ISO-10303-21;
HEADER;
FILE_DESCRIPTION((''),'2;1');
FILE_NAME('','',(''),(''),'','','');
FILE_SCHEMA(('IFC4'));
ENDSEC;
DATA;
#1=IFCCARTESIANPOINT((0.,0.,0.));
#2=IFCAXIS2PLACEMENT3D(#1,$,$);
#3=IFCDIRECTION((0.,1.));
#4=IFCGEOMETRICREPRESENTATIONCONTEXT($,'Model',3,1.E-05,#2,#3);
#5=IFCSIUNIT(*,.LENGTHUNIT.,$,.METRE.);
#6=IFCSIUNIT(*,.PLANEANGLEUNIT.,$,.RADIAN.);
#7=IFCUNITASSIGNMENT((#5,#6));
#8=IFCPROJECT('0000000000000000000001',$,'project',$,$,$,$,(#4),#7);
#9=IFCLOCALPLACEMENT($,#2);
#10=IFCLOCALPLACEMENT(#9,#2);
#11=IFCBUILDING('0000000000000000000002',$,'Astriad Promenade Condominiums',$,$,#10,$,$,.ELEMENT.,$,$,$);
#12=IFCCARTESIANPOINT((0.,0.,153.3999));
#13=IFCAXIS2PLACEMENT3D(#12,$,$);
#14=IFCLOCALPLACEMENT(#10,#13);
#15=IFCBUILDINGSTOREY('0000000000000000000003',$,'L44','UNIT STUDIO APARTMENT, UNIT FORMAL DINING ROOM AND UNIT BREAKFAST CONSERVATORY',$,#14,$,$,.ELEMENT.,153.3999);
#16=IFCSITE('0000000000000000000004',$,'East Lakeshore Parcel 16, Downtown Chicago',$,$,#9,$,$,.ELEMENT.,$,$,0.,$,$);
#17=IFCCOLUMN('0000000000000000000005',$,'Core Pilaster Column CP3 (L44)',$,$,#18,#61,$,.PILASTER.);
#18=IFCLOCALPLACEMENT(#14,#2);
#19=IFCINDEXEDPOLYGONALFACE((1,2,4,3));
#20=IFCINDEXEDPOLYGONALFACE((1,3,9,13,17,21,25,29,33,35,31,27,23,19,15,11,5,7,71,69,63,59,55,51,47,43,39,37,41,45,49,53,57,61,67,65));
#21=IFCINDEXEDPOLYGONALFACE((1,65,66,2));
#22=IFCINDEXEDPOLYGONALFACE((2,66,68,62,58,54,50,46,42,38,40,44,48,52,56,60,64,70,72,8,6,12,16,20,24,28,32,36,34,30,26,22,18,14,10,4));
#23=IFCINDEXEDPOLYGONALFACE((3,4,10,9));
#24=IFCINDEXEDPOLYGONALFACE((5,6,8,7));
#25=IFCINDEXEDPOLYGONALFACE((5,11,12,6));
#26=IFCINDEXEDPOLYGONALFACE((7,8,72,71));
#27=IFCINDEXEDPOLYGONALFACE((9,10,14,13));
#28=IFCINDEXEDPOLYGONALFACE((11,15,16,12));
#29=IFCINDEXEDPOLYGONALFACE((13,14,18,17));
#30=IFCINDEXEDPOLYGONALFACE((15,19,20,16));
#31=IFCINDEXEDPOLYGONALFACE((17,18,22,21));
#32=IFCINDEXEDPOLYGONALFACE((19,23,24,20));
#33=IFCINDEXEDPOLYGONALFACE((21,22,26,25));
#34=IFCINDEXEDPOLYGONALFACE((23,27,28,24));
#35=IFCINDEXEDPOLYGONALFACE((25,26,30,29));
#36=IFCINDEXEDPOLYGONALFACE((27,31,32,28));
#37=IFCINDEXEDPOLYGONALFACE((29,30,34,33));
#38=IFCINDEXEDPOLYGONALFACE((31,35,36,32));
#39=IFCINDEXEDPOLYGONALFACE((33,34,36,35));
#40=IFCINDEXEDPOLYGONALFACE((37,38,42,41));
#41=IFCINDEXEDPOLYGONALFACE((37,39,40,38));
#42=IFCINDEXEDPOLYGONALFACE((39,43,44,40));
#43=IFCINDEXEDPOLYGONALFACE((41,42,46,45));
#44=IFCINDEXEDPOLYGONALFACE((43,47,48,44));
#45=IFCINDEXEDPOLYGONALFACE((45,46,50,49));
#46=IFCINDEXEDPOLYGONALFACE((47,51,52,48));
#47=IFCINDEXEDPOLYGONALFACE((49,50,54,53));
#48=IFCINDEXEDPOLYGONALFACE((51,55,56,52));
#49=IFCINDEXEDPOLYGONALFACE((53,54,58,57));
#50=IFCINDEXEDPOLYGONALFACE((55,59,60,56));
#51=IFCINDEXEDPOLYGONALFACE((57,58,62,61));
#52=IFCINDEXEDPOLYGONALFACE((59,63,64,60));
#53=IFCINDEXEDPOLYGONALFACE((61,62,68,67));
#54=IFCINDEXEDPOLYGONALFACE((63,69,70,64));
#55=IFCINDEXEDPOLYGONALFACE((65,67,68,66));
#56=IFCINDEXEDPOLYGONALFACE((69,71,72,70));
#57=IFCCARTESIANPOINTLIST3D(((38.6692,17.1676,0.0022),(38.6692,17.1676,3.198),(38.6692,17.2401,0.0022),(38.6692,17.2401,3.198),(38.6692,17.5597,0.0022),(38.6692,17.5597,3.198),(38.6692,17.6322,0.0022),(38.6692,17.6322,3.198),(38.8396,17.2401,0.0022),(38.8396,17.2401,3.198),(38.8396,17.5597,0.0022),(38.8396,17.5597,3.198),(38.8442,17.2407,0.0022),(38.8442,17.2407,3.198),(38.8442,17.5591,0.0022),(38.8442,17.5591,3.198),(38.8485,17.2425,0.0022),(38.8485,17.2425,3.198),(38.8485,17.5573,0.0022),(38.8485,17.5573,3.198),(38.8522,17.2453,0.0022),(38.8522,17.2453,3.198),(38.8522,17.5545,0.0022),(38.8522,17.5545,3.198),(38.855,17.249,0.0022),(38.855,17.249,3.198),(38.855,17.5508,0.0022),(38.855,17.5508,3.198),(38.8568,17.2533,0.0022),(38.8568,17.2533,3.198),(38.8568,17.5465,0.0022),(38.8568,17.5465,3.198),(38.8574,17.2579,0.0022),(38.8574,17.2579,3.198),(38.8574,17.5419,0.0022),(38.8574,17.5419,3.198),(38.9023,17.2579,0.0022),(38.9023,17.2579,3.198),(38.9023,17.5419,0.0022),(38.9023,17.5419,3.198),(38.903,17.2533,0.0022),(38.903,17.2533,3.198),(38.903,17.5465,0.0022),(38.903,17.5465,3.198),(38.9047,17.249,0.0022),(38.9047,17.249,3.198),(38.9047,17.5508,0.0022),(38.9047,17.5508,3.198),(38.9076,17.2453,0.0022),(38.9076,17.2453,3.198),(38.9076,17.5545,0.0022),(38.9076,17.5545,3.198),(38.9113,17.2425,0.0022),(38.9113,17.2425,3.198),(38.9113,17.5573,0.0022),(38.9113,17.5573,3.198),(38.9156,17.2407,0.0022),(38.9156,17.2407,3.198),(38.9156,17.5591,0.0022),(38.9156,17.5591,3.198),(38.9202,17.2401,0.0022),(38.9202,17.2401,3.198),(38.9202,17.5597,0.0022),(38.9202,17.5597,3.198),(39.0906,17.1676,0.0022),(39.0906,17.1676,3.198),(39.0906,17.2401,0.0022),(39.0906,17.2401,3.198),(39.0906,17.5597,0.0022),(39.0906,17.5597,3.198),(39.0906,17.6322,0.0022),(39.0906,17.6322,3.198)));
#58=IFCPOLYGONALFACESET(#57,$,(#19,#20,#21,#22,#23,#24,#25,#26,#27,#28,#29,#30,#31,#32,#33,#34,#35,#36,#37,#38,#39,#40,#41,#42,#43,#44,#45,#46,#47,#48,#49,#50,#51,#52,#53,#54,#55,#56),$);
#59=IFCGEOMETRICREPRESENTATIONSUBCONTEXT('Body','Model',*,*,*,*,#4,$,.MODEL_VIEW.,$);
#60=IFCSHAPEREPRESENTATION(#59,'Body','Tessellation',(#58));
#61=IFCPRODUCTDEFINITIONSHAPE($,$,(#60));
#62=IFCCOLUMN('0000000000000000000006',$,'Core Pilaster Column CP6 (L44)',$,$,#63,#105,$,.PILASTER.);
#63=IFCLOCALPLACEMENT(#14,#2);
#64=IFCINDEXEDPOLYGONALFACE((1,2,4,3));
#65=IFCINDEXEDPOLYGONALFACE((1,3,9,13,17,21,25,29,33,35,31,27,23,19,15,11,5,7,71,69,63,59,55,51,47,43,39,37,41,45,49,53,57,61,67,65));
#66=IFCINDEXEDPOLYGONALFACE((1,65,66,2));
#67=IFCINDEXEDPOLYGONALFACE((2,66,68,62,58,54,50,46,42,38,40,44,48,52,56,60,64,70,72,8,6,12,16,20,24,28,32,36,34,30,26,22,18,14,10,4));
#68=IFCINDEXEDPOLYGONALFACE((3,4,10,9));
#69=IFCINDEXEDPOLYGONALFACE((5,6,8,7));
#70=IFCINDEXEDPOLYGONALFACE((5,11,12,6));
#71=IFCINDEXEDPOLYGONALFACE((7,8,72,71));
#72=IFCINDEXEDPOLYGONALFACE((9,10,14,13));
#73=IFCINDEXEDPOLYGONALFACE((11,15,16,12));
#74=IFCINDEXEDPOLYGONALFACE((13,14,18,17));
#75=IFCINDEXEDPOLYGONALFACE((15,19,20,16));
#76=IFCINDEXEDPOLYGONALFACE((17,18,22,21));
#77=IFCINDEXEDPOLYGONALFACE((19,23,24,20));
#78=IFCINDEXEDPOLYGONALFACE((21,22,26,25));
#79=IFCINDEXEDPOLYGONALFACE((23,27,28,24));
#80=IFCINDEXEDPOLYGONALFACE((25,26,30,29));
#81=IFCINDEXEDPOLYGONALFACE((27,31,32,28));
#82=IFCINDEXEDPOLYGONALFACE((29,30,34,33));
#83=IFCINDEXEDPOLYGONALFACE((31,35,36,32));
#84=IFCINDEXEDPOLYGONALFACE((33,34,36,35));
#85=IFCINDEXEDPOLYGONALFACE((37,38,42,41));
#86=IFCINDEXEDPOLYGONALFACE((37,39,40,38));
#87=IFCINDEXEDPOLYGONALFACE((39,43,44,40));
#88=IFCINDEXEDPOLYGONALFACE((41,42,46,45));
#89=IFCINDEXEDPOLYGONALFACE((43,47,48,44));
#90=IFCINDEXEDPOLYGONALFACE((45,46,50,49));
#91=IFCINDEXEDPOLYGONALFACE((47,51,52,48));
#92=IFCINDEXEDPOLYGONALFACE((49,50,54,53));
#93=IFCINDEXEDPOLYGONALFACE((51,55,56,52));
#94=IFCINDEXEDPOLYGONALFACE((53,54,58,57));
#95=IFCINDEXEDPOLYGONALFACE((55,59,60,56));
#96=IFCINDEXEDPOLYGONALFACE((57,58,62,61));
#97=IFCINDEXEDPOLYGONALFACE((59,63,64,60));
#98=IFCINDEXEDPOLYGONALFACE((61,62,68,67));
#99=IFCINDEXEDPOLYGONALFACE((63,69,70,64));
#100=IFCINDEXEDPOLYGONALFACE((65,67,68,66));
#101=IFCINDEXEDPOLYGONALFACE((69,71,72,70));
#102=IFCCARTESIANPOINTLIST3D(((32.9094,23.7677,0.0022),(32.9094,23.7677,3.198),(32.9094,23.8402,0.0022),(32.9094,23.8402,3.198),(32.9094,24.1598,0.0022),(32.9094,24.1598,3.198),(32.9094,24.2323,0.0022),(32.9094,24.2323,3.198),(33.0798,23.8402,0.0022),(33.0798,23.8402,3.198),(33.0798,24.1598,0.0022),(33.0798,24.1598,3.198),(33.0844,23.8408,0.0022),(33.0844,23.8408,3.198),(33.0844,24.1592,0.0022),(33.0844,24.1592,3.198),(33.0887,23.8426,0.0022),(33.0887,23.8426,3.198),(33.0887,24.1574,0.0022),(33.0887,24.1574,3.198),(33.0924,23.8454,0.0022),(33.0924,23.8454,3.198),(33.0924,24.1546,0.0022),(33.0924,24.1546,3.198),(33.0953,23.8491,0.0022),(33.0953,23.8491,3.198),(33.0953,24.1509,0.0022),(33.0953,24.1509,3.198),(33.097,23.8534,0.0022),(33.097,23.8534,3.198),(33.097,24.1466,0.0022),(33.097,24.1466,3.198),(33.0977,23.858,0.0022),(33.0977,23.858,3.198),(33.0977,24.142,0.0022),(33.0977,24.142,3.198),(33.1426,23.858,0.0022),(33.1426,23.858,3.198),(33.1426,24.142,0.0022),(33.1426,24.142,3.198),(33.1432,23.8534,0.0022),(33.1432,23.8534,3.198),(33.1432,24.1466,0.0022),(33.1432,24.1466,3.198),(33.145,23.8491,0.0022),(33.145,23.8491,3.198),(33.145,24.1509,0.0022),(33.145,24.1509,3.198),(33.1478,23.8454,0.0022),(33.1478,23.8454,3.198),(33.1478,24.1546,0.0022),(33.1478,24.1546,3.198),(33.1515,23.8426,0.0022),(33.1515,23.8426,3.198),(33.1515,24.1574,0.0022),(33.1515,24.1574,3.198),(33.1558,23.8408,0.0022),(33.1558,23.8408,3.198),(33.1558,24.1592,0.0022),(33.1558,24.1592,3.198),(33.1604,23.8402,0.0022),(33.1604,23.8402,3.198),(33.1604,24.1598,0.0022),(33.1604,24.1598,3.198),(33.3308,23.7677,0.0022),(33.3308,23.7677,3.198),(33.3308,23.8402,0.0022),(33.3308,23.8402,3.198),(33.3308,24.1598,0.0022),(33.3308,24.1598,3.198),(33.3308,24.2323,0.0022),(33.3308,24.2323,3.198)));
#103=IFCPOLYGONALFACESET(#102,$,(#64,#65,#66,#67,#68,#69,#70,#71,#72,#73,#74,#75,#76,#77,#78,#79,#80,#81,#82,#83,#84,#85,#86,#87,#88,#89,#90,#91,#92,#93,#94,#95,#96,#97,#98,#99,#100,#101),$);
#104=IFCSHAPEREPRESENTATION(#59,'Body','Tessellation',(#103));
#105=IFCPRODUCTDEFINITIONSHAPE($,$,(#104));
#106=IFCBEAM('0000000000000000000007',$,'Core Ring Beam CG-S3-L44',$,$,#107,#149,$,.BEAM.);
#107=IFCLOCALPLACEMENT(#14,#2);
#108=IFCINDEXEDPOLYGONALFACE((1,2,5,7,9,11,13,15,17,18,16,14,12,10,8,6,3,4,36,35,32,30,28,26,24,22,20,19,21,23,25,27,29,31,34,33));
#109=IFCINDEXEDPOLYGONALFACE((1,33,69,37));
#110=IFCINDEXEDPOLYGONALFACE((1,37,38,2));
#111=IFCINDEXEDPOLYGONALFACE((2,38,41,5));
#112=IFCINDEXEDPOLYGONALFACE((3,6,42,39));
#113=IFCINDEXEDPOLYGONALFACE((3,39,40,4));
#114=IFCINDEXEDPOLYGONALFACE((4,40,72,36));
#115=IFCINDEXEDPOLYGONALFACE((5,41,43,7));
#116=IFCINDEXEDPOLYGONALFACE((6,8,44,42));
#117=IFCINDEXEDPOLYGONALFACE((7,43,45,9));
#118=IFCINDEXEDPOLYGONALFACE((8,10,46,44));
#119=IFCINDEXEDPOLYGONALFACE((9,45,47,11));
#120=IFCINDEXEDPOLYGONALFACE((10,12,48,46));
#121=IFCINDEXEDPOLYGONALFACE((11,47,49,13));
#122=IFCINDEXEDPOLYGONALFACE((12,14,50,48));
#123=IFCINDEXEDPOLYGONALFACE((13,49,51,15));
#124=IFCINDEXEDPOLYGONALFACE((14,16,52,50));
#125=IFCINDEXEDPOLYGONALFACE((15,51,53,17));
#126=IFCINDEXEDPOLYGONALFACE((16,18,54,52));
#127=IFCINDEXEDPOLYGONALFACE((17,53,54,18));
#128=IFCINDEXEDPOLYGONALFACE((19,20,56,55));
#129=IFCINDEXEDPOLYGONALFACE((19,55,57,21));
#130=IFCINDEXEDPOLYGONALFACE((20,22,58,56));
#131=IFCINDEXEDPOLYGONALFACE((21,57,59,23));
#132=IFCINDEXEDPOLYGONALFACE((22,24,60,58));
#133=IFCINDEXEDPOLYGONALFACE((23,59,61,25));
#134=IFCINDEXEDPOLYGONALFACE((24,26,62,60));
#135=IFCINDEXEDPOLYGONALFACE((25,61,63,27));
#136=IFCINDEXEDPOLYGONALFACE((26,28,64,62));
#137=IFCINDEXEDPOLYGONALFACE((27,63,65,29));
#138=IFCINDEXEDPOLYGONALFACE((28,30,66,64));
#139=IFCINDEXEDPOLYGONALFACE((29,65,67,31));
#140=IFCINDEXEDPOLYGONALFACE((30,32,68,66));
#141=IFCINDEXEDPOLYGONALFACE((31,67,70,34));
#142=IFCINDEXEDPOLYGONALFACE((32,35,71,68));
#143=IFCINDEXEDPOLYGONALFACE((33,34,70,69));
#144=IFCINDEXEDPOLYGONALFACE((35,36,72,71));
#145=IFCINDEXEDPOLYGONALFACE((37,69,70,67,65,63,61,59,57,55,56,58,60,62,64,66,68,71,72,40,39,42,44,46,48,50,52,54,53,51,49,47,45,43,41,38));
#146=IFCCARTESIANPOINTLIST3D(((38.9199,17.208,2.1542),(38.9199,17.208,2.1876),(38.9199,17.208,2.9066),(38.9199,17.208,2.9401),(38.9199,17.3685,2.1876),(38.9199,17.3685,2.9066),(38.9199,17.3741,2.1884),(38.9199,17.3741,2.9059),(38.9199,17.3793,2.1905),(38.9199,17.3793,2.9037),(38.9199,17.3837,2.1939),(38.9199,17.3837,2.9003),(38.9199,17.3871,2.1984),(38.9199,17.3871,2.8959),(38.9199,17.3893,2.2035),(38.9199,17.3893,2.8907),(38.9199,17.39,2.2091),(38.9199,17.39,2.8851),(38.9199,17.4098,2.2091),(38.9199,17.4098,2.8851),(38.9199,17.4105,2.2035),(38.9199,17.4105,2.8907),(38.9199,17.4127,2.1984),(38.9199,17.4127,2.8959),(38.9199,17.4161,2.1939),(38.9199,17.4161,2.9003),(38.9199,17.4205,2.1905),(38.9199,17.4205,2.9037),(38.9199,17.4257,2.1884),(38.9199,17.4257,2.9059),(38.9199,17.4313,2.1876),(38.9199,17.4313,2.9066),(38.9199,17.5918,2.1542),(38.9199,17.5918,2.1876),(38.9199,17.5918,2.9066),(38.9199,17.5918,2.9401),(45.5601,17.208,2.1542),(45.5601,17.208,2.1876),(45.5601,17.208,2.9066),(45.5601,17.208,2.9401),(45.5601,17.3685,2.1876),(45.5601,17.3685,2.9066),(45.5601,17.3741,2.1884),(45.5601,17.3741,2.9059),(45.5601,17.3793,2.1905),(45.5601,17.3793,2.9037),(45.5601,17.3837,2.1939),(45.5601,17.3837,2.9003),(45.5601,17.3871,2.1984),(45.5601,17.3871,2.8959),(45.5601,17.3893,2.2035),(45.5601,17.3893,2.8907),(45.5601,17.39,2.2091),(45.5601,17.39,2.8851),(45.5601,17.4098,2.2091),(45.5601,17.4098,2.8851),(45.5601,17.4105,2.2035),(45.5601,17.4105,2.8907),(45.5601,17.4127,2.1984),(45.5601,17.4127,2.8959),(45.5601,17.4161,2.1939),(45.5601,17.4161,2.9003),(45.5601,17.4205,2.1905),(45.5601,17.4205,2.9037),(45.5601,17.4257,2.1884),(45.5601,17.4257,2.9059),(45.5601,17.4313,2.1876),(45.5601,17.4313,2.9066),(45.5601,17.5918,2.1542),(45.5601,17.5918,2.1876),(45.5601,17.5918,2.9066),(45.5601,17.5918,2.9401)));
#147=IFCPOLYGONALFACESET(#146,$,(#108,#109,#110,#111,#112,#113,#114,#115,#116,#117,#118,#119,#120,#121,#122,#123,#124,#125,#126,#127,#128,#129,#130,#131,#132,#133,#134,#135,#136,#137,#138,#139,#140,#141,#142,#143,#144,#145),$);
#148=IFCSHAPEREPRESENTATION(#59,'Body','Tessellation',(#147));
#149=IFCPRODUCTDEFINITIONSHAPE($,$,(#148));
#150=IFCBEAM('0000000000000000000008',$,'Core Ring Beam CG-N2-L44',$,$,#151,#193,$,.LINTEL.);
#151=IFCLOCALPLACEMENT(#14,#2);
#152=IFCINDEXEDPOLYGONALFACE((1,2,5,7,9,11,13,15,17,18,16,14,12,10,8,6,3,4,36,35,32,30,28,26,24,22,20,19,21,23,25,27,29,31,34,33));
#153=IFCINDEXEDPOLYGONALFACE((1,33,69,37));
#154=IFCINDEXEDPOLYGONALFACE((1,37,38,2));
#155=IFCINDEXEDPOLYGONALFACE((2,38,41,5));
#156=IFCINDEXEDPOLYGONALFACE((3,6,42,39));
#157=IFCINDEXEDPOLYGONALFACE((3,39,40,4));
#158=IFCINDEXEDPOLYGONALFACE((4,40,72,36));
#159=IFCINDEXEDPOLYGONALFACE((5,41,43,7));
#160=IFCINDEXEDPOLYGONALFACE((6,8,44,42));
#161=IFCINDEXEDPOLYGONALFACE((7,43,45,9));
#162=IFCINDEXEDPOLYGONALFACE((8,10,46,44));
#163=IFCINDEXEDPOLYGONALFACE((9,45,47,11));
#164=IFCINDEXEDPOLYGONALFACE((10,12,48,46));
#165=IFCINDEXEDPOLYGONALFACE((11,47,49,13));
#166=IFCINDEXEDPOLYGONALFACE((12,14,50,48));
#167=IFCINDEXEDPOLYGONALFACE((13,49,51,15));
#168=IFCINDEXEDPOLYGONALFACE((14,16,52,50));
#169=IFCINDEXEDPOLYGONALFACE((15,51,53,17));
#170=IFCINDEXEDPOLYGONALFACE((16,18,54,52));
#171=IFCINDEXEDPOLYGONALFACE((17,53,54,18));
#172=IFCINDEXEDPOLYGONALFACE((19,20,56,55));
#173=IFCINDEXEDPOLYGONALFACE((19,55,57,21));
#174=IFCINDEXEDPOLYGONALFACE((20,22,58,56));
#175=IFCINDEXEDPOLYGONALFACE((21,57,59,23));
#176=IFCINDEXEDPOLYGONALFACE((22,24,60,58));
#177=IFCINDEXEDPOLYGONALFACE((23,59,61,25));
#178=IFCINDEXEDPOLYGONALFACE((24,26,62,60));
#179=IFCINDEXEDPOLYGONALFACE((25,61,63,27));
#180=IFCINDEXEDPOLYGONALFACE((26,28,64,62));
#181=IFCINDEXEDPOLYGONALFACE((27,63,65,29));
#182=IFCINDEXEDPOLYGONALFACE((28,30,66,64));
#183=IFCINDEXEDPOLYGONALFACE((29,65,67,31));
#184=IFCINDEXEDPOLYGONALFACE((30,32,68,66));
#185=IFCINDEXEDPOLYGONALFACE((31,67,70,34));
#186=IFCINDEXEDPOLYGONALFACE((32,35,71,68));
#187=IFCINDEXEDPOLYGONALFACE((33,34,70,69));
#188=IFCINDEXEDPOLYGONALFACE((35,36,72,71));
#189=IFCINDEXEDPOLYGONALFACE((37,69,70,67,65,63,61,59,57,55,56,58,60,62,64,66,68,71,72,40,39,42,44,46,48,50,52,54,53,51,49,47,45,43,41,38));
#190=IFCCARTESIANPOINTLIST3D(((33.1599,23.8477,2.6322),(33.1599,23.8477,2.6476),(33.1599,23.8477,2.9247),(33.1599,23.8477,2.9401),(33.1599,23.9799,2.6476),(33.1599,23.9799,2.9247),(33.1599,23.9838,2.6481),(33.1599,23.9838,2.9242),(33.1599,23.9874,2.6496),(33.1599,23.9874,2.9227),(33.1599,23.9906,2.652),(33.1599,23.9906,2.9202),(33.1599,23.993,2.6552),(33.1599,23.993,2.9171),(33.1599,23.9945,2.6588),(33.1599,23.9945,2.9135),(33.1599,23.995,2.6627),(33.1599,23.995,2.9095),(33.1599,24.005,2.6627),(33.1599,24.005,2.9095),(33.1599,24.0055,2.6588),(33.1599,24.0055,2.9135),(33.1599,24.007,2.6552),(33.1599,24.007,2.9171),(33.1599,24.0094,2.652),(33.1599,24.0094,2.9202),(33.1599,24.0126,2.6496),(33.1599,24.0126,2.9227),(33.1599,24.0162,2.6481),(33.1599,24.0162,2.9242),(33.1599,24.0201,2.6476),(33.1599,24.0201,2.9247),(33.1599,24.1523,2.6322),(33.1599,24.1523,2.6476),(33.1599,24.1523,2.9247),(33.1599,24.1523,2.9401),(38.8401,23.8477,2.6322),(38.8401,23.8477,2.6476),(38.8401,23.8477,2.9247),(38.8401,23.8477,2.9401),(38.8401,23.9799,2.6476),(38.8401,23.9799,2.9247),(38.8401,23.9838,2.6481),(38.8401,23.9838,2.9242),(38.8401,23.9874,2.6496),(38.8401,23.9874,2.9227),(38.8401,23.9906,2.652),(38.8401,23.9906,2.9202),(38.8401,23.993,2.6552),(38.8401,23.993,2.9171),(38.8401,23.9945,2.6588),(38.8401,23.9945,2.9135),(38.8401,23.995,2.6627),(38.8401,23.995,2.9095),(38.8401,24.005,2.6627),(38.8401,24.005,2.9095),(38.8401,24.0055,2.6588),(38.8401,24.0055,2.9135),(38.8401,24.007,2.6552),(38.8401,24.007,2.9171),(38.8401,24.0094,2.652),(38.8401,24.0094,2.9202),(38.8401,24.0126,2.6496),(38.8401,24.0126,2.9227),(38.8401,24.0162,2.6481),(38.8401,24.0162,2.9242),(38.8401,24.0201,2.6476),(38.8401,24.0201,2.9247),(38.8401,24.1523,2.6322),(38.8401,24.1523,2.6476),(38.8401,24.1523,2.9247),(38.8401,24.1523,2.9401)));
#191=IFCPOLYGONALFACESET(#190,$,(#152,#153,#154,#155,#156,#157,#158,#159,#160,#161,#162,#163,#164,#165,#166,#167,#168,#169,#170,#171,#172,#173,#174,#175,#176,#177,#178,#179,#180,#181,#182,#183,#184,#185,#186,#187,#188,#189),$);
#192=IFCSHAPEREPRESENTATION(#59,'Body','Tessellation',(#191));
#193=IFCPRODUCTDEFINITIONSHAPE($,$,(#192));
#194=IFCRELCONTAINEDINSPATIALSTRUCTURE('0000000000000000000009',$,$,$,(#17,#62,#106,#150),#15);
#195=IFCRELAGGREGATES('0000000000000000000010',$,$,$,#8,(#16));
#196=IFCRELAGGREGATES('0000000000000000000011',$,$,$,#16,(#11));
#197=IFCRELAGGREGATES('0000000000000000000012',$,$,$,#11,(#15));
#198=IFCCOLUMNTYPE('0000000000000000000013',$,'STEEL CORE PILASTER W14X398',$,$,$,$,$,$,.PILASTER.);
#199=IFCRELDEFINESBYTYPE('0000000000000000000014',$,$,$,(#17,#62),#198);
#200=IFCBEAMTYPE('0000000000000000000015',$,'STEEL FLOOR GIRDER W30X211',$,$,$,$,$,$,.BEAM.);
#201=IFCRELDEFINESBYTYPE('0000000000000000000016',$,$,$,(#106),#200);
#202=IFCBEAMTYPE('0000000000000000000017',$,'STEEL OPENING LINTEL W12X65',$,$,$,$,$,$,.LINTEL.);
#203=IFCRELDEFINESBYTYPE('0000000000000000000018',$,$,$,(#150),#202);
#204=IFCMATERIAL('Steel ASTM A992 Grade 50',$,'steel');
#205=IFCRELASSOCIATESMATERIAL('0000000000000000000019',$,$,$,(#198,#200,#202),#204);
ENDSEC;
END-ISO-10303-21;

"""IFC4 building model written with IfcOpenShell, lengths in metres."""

from ifc_helpers import new_model, si_unit, direction, frame, origin, origin_2d, place, context, subcontext, project, spatial, i_section, extrude, source, transform, mapped, material, material_profile, profile_set, type_object, type_shapes, element, save


model = new_model("IFC4")

# Units and contexts
model_context = context("Model", 3, precision=1e-05, world=origin(), true_north=direction((0.0, 1.0)))
body_context = subcontext(model_context, "Body", "Model", "MODEL_VIEW")
ifc_project = project(units=[si_unit("LENGTHUNIT", "METRE"), si_unit("PLANEANGLEUNIT", "RADIAN")], contexts=[model_context])

# Site, building, storey
site_placement = place(None, origin())
site = spatial("IfcSite", under=ifc_project, at=site_placement, Name="East Lakeshore Parcel 16, Downtown Chicago", CompositionType="ELEMENT", RefElevation=0.0)
building_placement = place(site_placement, origin())
building = spatial("IfcBuilding", under=site, at=building_placement, Name="Astriad Promenade Condominiums", CompositionType="ELEMENT")
storey_placement = place(building_placement, frame((0.0, 0.0, 153.3999)))
storey = spatial("IfcBuildingStorey", under=building, at=storey_placement, Name="L44", Description="UNIT STUDIO APARTMENT, UNIT FORMAL DINING ROOM AND UNIT BREAKFAST CONSERVATORY", CompositionType="ELEMENT", Elevation=153.3999)

# Columns
ifc_material_1 = material(Name="Steel ASTM A992 Grade 50", Category="steel")
ifc_material_profile_1 = material_profile(ifc_material_1, i_section(OverallWidth=0.4214, OverallDepth=0.4646, WebThickness=0.0449, FlangeThickness=0.0725, FilletRadius=0.0178, at=origin_2d()), Name="W14X398")
ifc_profile_set_1 = profile_set([ifc_material_profile_1], Name="Steel ASTM A992 Grade 50")
column_type = type_object("IfcColumnType", Name="STEEL CORE PILASTER W14X398", PredefinedType="PILASTER", material=ifc_profile_set_1)
shared_shape_1 = source(origin(), body_context, "Body", "SweptSolid", [
    extrude(i_section(OverallWidth=0.4214, OverallDepth=0.4646, WebThickness=0.0449, FlangeThickness=0.0725, FilletRadius=0.0178, at=origin_2d()), origin(), (0.0, 0.0, 1.0), 3.1958),
])
type_shapes(column_type, [shared_shape_1])
for number, where, z_axis, x_axis, name in (
    (1, (38.8799, 17.3999, 0.0022), (0.0, 0.0, 1.0), (1.0, 0.0, 0.0), "Core Pilaster Column CP3 (L44)"),
    (2, (33.1201, 24.0, 0.0022), (0.0, 0.0, 1.0), (1.0, 0.0, 0.0), "Core Pilaster Column CP6 (L44)"),
):
    element("IfcColumn", number, at=place(storey_placement, frame(where, z_axis=z_axis, x_axis=x_axis)), inside=storey, type_object=column_type, Name=name, PredefinedType="PILASTER", context=body_context, shape_type="MappedRepresentation", body=[
        mapped(shared_shape_1, transform((0.0, 0.0, 0.0), scale=1.0)),
    ])

# Beams
ifc_material_profile_2 = material_profile(ifc_material_1, i_section(OverallWidth=0.3838, OverallDepth=0.7859, WebThickness=0.0198, FlangeThickness=0.0334, FilletRadius=0.0215, at=origin_2d()), Name="W30X211")
ifc_profile_set_2 = profile_set([ifc_material_profile_2], Name="Steel ASTM A992 Grade 50")
beam_type_1 = type_object("IfcBeamType", Name="STEEL FLOOR GIRDER W30X211", PredefinedType="BEAM", material=ifc_profile_set_2)
shared_shape_2 = source(origin(), body_context, "Body", "SweptSolid", [
    extrude(i_section(OverallWidth=0.3838, OverallDepth=0.7859, WebThickness=0.0198, FlangeThickness=0.0334, FilletRadius=0.0215, at=origin_2d()), origin(), (0.0, 0.0, 1.0), 6.6401),
])
type_shapes(beam_type_1, [shared_shape_2])
beam_1_placement = place(storey_placement, frame((38.9199, 17.3999, 2.5471), z_axis=(1.0, 0.0, 0.0), x_axis=(0.0, 1.0, 0.0)))
element("IfcBeam", 3, at=beam_1_placement, inside=storey, type_object=beam_type_1, Name="Core Ring Beam CG-S3-L44", PredefinedType="BEAM", context=body_context, shape_type="MappedRepresentation", body=[
    mapped(shared_shape_2, transform((0.0, 0.0, 0.0), scale=1.0)),
])
ifc_material_profile_3 = material_profile(ifc_material_1, i_section(OverallWidth=0.3047, OverallDepth=0.3079, WebThickness=0.01, FlangeThickness=0.0154, FilletRadius=0.0151, at=origin_2d()), Name="W12X65")
ifc_profile_set_3 = profile_set([ifc_material_profile_3], Name="Steel ASTM A992 Grade 50")
beam_type_2 = type_object("IfcBeamType", Name="STEEL OPENING LINTEL W12X65", PredefinedType="LINTEL", material=ifc_profile_set_3)
shared_shape_3 = source(origin(), body_context, "Body", "SweptSolid", [
    extrude(i_section(OverallWidth=0.3047, OverallDepth=0.3079, WebThickness=0.01, FlangeThickness=0.0154, FilletRadius=0.0151, at=origin_2d()), origin(), (0.0, 0.0, 1.0), 5.6802),
])
type_shapes(beam_type_2, [shared_shape_3])
beam_2_placement = place(storey_placement, frame((33.1599, 24.0, 2.7861), z_axis=(1.0, 0.0, 0.0), x_axis=(0.0, 1.0, 0.0)))
element("IfcBeam", 4, at=beam_2_placement, inside=storey, type_object=beam_type_2, Name="Core Ring Beam CG-N2-L44", PredefinedType="LINTEL", context=body_context, shape_type="MappedRepresentation", body=[
    mapped(shared_shape_3, transform((0.0, 0.0, 0.0), scale=1.0)),
])

save(model, "model.ifc")
